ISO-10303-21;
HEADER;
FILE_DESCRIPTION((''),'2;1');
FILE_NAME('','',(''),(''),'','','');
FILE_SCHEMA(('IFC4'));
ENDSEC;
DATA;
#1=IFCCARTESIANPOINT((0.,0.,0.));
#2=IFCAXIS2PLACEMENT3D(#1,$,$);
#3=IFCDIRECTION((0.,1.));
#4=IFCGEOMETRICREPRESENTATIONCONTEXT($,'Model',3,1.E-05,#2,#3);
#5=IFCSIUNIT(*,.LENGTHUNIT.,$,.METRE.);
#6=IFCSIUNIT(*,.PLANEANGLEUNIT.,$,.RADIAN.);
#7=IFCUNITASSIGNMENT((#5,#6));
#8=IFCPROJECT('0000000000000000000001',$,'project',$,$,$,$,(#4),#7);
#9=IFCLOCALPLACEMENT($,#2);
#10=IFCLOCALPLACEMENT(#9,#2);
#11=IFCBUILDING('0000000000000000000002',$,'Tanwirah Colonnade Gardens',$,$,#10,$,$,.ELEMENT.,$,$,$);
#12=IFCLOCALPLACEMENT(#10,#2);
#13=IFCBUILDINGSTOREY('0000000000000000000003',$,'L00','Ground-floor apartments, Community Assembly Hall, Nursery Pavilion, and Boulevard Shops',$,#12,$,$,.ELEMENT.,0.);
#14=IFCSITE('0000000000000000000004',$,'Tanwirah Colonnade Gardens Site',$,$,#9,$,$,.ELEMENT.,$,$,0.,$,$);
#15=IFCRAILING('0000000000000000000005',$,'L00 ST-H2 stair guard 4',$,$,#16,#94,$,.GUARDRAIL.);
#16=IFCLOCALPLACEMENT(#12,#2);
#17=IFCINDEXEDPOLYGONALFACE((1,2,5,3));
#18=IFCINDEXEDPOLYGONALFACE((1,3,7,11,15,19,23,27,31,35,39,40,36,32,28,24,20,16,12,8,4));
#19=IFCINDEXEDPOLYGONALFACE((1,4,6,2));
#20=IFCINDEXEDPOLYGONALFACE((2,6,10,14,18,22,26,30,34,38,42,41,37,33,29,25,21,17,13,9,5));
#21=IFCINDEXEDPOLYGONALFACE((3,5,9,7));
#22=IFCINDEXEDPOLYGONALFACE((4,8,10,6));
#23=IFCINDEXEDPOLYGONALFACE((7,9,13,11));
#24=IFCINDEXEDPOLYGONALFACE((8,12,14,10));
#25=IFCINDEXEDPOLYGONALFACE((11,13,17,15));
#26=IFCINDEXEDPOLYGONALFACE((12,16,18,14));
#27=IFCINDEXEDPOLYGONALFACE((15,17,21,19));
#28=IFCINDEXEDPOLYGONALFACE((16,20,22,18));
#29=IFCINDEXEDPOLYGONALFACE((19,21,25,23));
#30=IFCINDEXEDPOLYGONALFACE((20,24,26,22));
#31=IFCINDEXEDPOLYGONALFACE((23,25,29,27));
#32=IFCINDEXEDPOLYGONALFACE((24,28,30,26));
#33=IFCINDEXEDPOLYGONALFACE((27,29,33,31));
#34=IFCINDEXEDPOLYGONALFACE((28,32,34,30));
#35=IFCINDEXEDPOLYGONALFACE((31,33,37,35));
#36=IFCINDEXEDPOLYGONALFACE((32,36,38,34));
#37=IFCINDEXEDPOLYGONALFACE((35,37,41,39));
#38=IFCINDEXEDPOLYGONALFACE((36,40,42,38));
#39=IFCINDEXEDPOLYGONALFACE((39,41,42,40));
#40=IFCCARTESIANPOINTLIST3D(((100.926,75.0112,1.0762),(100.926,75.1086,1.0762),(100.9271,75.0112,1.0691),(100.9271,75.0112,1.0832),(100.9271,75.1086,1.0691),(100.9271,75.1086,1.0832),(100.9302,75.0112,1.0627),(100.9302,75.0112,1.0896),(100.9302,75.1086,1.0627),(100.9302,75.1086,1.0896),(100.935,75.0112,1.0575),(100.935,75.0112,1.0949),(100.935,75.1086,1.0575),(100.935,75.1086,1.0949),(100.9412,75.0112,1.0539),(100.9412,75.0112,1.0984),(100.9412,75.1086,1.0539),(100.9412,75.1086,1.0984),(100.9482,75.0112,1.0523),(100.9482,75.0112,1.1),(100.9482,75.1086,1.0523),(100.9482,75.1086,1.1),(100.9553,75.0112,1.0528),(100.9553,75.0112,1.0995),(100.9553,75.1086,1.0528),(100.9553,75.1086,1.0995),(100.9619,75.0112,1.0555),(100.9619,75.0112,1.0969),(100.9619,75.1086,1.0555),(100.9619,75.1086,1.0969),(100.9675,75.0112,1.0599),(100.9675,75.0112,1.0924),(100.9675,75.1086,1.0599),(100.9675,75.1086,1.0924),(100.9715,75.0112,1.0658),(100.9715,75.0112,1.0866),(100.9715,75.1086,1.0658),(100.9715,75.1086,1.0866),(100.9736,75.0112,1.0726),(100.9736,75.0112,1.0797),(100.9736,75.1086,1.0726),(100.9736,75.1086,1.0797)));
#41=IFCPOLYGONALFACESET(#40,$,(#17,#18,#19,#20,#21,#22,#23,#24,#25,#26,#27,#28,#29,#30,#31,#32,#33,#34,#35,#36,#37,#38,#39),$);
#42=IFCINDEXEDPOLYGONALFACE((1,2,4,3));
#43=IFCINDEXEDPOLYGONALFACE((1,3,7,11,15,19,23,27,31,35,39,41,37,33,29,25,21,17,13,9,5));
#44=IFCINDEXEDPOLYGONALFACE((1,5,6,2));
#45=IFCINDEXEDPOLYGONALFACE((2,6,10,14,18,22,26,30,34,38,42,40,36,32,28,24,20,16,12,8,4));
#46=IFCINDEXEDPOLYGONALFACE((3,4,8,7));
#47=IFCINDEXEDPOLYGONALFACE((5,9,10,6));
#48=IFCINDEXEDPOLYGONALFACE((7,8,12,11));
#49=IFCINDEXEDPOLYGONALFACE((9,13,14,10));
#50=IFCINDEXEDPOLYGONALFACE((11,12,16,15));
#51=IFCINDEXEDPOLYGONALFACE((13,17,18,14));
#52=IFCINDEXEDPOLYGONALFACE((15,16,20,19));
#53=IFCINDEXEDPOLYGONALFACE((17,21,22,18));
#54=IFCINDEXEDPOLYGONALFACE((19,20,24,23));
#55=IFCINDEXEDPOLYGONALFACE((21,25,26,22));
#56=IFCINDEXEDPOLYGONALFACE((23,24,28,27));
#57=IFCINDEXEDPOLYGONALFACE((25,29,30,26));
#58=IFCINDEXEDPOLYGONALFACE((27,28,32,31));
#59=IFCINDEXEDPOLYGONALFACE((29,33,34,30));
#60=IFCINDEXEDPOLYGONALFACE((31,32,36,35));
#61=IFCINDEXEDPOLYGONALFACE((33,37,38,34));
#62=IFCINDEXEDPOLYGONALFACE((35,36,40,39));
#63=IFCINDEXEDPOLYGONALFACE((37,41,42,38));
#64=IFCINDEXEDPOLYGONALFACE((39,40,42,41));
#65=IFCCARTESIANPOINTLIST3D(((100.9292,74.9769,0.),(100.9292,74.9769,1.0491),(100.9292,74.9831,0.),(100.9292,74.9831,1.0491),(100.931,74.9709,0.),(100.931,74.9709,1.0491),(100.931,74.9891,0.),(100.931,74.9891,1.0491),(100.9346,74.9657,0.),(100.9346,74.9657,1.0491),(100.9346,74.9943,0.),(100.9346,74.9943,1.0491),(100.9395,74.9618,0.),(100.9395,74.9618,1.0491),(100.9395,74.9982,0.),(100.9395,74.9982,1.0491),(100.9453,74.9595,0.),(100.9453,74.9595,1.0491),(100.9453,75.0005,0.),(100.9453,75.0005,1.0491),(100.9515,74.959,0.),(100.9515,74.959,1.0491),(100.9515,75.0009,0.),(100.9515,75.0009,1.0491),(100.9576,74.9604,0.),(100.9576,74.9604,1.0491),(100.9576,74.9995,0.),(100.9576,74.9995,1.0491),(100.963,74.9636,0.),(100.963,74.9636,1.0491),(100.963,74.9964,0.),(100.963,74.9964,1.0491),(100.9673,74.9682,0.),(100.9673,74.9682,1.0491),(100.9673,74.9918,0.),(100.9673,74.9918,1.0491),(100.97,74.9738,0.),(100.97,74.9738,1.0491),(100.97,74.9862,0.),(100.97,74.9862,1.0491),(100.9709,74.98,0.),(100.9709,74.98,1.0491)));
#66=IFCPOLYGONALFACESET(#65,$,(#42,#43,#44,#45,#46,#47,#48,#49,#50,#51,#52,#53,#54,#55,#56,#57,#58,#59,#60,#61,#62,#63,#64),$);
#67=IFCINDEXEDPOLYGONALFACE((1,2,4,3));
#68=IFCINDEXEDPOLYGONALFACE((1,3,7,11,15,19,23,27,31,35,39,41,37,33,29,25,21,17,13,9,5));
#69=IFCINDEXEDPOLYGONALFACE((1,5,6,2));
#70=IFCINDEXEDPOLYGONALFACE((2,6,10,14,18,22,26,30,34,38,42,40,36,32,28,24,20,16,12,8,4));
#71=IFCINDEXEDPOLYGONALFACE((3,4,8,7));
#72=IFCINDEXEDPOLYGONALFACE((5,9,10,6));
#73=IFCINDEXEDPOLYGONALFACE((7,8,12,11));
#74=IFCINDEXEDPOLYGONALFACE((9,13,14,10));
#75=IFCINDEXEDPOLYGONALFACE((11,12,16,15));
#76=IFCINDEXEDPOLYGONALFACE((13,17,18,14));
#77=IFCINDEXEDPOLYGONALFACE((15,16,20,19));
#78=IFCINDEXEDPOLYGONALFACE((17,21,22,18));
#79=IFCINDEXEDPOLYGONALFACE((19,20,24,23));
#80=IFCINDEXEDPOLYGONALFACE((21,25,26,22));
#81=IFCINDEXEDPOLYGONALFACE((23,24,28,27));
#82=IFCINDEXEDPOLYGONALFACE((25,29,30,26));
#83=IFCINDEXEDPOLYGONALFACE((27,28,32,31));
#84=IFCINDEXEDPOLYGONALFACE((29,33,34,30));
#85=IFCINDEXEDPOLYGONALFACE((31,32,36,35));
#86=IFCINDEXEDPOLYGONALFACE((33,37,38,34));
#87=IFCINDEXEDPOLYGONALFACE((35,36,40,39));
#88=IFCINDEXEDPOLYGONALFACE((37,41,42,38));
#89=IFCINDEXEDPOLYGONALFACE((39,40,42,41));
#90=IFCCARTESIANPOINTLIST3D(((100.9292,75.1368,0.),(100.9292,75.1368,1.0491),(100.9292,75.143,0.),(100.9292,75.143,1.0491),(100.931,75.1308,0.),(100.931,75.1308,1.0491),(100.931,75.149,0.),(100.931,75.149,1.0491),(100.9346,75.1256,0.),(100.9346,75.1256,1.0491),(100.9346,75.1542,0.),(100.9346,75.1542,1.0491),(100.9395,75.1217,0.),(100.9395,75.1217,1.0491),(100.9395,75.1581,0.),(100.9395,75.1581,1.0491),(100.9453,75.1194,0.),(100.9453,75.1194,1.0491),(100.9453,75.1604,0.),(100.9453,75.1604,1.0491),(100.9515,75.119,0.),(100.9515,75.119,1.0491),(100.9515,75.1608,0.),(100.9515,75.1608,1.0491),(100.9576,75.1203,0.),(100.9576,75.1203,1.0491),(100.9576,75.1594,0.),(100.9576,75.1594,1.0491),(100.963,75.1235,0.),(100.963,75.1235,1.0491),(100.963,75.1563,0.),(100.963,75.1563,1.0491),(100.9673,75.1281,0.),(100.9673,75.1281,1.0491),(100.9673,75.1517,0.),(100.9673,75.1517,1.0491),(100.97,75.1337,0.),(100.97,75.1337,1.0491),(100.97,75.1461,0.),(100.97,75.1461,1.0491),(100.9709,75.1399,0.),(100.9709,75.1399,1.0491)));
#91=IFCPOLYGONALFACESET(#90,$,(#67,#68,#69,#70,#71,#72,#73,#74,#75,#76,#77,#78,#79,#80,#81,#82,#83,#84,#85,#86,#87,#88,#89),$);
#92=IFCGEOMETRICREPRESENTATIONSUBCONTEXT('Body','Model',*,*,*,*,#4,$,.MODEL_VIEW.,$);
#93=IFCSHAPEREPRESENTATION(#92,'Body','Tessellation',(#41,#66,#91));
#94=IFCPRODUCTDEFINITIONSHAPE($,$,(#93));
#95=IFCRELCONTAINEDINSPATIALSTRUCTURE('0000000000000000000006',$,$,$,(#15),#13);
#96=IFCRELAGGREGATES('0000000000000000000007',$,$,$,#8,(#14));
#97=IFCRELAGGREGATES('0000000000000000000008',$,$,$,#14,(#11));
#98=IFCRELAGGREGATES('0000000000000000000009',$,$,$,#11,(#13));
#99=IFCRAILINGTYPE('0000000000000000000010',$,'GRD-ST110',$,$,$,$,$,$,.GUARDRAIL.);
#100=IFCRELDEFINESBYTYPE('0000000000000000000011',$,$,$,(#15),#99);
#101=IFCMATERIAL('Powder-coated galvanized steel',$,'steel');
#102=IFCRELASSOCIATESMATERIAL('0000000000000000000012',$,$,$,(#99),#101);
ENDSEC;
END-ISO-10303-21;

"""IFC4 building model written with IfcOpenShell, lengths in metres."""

from ifc_helpers import new_model, si_unit, direction, frame, origin, origin_2d, place, context, subcontext, project, spatial, circle, extrude, material, type_object, element, save


model = new_model("IFC4")

# Units and contexts
model_context = context("Model", 3, precision=1e-05, world=origin(), true_north=direction((0.0, 1.0)))
body_context = subcontext(model_context, "Body", "Model", "MODEL_VIEW")
ifc_project = project(units=[si_unit("LENGTHUNIT", "METRE"), si_unit("PLANEANGLEUNIT", "RADIAN")], contexts=[model_context])

# Site, building, storey
site_placement = place(None, origin())
site = spatial("IfcSite", under=ifc_project, at=site_placement, Name="Tanwirah Colonnade Gardens Site", CompositionType="ELEMENT", RefElevation=0.0)
building_placement = place(site_placement, origin())
building = spatial("IfcBuilding", under=site, at=building_placement, Name="Tanwirah Colonnade Gardens", CompositionType="ELEMENT")
storey_placement = place(building_placement, origin())
storey = spatial("IfcBuildingStorey", under=building, at=storey_placement, Name="L00", Description="Ground-floor apartments, Community Assembly Hall, Nursery Pavilion, and Boulevard Shops", CompositionType="ELEMENT", Elevation=0.0)

# Railing
ifc_material_1 = material(Name="Powder-coated galvanized steel", Category="steel")
railing_type_1 = type_object("IfcRailingType", Name="GRD-ST110", PredefinedType="GUARDRAIL", material=ifc_material_1)
railing_1_placement = place(storey_placement, frame((100.95, 74.98, 0.0)))
element("IfcRailing", 1, at=railing_1_placement, inside=storey, type_object=railing_type_1, Name="L00 ST-H2 stair guard 4", PredefinedType="GUARDRAIL", context=body_context, shape_type="SweptSolid", body=[
    extrude(circle(Radius=0.0239, at=origin_2d()), frame((0.0, 0.0312, 1.0762), z_axis=(0.0, 1.0, 0.0), x_axis=(-1.0, 0.0, 0.0)), (0.0, 0.0, 1.0), 0.0974),
    extrude(circle(Radius=0.021, at=origin_2d()), origin(), (0.0, 0.0, 1.0), 1.0491),
    extrude(circle(Radius=0.021, at=origin_2d()), frame((0.0, 0.1599, 0.0)), (0.0, 0.0, 1.0), 1.0491),
])

save(model, "model.ifc")
